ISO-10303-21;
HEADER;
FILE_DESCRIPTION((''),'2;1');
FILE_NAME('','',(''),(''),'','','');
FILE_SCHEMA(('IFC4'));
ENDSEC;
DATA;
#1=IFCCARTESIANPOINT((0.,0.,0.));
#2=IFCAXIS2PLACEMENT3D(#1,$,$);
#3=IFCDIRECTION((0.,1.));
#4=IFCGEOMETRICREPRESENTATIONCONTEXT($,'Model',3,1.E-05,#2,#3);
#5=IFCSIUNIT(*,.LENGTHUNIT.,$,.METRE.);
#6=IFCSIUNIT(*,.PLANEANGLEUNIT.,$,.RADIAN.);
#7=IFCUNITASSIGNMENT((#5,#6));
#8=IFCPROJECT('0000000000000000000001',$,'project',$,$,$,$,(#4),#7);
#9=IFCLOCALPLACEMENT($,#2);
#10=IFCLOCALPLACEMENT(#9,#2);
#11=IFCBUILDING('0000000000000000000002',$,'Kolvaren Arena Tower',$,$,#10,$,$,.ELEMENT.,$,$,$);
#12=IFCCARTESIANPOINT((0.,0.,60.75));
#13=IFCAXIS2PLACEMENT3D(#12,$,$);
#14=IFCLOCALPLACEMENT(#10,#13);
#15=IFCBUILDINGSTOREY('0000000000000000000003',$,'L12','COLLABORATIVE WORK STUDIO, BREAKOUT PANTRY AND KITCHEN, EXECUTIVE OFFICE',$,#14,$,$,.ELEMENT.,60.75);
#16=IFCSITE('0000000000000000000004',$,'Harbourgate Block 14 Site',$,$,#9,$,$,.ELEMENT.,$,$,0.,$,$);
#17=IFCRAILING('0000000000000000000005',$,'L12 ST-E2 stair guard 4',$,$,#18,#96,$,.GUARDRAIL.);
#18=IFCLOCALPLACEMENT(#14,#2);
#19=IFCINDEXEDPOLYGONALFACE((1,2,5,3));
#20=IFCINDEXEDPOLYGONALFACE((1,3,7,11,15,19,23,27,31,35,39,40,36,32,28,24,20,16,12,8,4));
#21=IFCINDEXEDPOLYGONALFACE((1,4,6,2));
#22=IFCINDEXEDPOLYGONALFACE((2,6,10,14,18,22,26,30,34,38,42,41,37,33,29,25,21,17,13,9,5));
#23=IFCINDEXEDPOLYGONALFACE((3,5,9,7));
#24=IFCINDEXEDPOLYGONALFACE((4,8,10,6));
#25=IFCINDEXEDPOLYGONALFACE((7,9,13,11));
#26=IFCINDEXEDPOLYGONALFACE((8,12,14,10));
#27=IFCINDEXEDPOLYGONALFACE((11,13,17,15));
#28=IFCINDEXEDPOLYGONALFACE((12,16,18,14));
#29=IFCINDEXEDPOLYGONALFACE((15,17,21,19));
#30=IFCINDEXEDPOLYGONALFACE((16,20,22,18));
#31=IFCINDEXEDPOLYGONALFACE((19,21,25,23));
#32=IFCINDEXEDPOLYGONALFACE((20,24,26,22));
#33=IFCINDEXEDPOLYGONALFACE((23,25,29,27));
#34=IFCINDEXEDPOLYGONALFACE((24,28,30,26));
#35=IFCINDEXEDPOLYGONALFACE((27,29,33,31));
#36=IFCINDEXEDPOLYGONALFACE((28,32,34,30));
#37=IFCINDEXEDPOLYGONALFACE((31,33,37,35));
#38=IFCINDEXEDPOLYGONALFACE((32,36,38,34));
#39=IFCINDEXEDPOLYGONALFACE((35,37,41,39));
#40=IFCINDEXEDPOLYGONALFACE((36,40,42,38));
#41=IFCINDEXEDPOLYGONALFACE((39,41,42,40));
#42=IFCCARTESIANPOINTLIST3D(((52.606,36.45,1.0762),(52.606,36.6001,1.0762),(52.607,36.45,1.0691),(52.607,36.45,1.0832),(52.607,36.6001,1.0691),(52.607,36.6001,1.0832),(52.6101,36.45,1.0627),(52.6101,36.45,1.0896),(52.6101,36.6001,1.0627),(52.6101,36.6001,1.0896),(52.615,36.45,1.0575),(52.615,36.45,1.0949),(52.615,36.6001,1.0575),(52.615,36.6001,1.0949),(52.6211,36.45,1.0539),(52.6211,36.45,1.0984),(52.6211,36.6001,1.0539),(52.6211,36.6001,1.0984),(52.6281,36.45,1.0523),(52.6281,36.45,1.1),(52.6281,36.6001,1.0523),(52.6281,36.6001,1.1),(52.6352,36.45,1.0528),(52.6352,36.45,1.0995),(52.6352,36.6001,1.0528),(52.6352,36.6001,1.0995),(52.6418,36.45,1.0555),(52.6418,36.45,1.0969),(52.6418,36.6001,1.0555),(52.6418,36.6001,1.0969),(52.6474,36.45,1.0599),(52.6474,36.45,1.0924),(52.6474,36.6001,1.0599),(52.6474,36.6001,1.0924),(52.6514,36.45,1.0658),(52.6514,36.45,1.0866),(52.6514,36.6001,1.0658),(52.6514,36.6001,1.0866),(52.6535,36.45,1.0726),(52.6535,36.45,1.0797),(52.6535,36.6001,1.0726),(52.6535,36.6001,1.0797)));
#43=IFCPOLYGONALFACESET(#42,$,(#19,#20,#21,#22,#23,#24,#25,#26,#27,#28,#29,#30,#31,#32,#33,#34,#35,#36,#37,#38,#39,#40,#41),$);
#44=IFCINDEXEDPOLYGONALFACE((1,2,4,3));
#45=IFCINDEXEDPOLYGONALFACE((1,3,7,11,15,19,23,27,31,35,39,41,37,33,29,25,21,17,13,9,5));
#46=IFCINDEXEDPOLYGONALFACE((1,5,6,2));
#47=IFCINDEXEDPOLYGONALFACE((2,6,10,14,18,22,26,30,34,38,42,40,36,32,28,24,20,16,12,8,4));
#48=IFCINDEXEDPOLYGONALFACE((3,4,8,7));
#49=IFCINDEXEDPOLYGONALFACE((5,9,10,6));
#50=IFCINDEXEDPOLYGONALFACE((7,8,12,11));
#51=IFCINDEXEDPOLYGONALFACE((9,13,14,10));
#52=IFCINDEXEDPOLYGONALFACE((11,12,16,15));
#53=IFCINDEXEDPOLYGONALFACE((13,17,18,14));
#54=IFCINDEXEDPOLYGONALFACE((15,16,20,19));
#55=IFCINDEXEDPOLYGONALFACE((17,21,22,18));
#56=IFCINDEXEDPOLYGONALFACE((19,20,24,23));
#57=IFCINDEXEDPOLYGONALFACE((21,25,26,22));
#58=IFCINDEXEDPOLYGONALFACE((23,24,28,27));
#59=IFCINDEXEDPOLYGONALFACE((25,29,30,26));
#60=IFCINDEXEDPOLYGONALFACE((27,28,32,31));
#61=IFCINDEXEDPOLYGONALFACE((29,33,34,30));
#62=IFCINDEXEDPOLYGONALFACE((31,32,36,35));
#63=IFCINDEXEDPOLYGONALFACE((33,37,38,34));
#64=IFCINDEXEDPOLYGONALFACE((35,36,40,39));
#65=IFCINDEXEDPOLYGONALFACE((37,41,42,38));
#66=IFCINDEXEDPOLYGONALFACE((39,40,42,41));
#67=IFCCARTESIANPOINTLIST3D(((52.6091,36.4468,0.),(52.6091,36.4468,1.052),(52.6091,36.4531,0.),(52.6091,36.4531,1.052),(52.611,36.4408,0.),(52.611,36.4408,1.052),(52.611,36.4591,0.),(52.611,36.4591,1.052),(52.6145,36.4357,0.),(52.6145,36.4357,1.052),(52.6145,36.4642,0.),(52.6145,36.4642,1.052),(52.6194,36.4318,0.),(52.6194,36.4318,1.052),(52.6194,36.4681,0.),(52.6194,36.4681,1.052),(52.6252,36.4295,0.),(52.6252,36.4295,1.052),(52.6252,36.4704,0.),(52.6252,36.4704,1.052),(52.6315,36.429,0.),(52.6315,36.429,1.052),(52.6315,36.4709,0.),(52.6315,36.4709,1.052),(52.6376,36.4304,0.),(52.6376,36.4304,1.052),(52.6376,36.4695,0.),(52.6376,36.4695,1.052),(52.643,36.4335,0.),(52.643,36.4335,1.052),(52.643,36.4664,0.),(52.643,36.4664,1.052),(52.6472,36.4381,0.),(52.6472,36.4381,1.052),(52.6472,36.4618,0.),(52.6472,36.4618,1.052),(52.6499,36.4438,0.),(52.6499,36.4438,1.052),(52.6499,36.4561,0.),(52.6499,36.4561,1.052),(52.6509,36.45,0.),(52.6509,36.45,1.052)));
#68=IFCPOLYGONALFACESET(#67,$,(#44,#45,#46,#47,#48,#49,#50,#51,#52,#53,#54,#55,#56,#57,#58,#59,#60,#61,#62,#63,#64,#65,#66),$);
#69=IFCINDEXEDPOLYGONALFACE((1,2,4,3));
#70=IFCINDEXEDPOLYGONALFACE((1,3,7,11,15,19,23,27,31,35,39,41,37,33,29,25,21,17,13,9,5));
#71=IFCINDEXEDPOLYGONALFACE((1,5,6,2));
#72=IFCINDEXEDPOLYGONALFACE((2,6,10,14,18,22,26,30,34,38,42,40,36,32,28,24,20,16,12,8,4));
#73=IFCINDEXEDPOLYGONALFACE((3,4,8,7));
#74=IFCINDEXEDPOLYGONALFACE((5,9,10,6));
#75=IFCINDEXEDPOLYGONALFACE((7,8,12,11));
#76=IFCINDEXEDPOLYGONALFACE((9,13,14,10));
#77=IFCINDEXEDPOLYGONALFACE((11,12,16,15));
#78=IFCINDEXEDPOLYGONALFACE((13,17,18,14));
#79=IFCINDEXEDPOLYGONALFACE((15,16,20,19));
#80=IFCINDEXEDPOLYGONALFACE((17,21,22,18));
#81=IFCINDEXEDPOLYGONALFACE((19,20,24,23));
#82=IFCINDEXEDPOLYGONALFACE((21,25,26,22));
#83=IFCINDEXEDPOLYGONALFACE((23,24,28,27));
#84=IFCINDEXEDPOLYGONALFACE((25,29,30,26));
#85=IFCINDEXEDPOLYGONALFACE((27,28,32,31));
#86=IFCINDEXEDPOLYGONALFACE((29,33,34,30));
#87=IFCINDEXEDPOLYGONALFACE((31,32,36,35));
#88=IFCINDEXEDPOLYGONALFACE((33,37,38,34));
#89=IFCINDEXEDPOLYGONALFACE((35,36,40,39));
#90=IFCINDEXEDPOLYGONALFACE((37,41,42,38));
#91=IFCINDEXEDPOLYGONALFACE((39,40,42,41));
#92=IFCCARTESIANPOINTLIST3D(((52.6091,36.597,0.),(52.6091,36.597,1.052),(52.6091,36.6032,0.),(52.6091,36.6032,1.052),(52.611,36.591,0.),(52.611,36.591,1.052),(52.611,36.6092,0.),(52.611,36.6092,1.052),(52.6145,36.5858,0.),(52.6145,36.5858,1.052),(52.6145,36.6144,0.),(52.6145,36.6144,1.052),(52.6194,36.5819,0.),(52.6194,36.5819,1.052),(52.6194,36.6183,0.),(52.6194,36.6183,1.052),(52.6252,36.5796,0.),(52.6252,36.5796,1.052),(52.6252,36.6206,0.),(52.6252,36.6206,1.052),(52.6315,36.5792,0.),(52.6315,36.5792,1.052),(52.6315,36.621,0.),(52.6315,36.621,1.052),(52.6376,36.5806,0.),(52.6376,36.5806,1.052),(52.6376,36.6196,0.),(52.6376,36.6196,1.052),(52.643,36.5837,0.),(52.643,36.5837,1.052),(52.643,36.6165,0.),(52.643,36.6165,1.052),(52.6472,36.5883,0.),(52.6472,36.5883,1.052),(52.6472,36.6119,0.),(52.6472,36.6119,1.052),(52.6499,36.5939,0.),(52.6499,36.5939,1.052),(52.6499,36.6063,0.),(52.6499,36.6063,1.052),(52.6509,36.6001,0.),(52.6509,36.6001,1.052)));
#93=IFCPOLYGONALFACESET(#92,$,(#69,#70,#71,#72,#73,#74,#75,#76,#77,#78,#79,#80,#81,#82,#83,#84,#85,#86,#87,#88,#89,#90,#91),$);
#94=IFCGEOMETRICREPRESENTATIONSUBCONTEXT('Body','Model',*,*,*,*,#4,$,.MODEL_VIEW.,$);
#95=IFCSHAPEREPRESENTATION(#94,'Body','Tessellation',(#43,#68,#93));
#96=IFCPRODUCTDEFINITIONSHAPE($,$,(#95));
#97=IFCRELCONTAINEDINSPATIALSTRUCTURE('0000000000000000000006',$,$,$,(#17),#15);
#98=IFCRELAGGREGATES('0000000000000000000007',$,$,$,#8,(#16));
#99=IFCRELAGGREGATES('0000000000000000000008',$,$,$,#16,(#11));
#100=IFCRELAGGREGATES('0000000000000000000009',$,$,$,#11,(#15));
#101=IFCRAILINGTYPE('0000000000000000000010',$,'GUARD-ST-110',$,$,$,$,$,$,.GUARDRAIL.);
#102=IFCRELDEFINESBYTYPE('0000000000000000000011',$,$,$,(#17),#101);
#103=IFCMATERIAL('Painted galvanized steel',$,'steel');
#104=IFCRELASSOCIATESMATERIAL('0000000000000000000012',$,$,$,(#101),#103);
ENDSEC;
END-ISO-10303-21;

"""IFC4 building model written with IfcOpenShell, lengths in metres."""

from ifc_helpers import new_model, si_unit, direction, frame, origin, origin_2d, place, context, subcontext, project, spatial, circle, extrude, material, type_object, element, save


model = new_model("IFC4")

# Units and contexts
model_context = context("Model", 3, precision=1e-05, world=origin(), true_north=direction((0.0, 1.0)))
body_context = subcontext(model_context, "Body", "Model", "MODEL_VIEW")
ifc_project = project(units=[si_unit("LENGTHUNIT", "METRE"), si_unit("PLANEANGLEUNIT", "RADIAN")], contexts=[model_context])

# Site, building, storey
site_placement = place(None, origin())
site = spatial("IfcSite", under=ifc_project, at=site_placement, Name="Harbourgate Block 14 Site", CompositionType="ELEMENT", RefElevation=0.0)
building_placement = place(site_placement, origin())
building = spatial("IfcBuilding", under=site, at=building_placement, Name="Kolvaren Arena Tower", CompositionType="ELEMENT")
storey_placement = place(building_placement, frame((0.0, 0.0, 60.75)))
storey = spatial("IfcBuildingStorey", under=building, at=storey_placement, Name="L12", Description="COLLABORATIVE WORK STUDIO, BREAKOUT PANTRY AND KITCHEN, EXECUTIVE OFFICE", CompositionType="ELEMENT", Elevation=60.75)

# Railing
ifc_material_1 = material(Name="Painted galvanized steel", Category="steel")
railing_type_1 = type_object("IfcRailingType", Name="GUARD-ST-110", PredefinedType="GUARDRAIL", material=ifc_material_1)
railing_1_placement = place(storey_placement, frame((52.6299, 36.45, 0.0)))
element("IfcRailing", 1, at=railing_1_placement, inside=storey, type_object=railing_type_1, Name="L12 ST-E2 stair guard 4", PredefinedType="GUARDRAIL", context=body_context, shape_type="SweptSolid", body=[
    extrude(circle(Radius=0.0239, at=origin_2d()), frame((0.0, 0.0, 1.0762), z_axis=(0.0, 1.0, 0.0), x_axis=(-1.0, 0.0, 0.0)), (0.0, 0.0, 1.0), 0.1501),
    extrude(circle(Radius=0.021, at=origin_2d()), origin(), (0.0, 0.0, 1.0), 1.052),
    extrude(circle(Radius=0.021, at=origin_2d()), frame((0.0, 0.1501, 0.0)), (0.0, 0.0, 1.0), 1.052),
])

save(model, "model.ifc")
